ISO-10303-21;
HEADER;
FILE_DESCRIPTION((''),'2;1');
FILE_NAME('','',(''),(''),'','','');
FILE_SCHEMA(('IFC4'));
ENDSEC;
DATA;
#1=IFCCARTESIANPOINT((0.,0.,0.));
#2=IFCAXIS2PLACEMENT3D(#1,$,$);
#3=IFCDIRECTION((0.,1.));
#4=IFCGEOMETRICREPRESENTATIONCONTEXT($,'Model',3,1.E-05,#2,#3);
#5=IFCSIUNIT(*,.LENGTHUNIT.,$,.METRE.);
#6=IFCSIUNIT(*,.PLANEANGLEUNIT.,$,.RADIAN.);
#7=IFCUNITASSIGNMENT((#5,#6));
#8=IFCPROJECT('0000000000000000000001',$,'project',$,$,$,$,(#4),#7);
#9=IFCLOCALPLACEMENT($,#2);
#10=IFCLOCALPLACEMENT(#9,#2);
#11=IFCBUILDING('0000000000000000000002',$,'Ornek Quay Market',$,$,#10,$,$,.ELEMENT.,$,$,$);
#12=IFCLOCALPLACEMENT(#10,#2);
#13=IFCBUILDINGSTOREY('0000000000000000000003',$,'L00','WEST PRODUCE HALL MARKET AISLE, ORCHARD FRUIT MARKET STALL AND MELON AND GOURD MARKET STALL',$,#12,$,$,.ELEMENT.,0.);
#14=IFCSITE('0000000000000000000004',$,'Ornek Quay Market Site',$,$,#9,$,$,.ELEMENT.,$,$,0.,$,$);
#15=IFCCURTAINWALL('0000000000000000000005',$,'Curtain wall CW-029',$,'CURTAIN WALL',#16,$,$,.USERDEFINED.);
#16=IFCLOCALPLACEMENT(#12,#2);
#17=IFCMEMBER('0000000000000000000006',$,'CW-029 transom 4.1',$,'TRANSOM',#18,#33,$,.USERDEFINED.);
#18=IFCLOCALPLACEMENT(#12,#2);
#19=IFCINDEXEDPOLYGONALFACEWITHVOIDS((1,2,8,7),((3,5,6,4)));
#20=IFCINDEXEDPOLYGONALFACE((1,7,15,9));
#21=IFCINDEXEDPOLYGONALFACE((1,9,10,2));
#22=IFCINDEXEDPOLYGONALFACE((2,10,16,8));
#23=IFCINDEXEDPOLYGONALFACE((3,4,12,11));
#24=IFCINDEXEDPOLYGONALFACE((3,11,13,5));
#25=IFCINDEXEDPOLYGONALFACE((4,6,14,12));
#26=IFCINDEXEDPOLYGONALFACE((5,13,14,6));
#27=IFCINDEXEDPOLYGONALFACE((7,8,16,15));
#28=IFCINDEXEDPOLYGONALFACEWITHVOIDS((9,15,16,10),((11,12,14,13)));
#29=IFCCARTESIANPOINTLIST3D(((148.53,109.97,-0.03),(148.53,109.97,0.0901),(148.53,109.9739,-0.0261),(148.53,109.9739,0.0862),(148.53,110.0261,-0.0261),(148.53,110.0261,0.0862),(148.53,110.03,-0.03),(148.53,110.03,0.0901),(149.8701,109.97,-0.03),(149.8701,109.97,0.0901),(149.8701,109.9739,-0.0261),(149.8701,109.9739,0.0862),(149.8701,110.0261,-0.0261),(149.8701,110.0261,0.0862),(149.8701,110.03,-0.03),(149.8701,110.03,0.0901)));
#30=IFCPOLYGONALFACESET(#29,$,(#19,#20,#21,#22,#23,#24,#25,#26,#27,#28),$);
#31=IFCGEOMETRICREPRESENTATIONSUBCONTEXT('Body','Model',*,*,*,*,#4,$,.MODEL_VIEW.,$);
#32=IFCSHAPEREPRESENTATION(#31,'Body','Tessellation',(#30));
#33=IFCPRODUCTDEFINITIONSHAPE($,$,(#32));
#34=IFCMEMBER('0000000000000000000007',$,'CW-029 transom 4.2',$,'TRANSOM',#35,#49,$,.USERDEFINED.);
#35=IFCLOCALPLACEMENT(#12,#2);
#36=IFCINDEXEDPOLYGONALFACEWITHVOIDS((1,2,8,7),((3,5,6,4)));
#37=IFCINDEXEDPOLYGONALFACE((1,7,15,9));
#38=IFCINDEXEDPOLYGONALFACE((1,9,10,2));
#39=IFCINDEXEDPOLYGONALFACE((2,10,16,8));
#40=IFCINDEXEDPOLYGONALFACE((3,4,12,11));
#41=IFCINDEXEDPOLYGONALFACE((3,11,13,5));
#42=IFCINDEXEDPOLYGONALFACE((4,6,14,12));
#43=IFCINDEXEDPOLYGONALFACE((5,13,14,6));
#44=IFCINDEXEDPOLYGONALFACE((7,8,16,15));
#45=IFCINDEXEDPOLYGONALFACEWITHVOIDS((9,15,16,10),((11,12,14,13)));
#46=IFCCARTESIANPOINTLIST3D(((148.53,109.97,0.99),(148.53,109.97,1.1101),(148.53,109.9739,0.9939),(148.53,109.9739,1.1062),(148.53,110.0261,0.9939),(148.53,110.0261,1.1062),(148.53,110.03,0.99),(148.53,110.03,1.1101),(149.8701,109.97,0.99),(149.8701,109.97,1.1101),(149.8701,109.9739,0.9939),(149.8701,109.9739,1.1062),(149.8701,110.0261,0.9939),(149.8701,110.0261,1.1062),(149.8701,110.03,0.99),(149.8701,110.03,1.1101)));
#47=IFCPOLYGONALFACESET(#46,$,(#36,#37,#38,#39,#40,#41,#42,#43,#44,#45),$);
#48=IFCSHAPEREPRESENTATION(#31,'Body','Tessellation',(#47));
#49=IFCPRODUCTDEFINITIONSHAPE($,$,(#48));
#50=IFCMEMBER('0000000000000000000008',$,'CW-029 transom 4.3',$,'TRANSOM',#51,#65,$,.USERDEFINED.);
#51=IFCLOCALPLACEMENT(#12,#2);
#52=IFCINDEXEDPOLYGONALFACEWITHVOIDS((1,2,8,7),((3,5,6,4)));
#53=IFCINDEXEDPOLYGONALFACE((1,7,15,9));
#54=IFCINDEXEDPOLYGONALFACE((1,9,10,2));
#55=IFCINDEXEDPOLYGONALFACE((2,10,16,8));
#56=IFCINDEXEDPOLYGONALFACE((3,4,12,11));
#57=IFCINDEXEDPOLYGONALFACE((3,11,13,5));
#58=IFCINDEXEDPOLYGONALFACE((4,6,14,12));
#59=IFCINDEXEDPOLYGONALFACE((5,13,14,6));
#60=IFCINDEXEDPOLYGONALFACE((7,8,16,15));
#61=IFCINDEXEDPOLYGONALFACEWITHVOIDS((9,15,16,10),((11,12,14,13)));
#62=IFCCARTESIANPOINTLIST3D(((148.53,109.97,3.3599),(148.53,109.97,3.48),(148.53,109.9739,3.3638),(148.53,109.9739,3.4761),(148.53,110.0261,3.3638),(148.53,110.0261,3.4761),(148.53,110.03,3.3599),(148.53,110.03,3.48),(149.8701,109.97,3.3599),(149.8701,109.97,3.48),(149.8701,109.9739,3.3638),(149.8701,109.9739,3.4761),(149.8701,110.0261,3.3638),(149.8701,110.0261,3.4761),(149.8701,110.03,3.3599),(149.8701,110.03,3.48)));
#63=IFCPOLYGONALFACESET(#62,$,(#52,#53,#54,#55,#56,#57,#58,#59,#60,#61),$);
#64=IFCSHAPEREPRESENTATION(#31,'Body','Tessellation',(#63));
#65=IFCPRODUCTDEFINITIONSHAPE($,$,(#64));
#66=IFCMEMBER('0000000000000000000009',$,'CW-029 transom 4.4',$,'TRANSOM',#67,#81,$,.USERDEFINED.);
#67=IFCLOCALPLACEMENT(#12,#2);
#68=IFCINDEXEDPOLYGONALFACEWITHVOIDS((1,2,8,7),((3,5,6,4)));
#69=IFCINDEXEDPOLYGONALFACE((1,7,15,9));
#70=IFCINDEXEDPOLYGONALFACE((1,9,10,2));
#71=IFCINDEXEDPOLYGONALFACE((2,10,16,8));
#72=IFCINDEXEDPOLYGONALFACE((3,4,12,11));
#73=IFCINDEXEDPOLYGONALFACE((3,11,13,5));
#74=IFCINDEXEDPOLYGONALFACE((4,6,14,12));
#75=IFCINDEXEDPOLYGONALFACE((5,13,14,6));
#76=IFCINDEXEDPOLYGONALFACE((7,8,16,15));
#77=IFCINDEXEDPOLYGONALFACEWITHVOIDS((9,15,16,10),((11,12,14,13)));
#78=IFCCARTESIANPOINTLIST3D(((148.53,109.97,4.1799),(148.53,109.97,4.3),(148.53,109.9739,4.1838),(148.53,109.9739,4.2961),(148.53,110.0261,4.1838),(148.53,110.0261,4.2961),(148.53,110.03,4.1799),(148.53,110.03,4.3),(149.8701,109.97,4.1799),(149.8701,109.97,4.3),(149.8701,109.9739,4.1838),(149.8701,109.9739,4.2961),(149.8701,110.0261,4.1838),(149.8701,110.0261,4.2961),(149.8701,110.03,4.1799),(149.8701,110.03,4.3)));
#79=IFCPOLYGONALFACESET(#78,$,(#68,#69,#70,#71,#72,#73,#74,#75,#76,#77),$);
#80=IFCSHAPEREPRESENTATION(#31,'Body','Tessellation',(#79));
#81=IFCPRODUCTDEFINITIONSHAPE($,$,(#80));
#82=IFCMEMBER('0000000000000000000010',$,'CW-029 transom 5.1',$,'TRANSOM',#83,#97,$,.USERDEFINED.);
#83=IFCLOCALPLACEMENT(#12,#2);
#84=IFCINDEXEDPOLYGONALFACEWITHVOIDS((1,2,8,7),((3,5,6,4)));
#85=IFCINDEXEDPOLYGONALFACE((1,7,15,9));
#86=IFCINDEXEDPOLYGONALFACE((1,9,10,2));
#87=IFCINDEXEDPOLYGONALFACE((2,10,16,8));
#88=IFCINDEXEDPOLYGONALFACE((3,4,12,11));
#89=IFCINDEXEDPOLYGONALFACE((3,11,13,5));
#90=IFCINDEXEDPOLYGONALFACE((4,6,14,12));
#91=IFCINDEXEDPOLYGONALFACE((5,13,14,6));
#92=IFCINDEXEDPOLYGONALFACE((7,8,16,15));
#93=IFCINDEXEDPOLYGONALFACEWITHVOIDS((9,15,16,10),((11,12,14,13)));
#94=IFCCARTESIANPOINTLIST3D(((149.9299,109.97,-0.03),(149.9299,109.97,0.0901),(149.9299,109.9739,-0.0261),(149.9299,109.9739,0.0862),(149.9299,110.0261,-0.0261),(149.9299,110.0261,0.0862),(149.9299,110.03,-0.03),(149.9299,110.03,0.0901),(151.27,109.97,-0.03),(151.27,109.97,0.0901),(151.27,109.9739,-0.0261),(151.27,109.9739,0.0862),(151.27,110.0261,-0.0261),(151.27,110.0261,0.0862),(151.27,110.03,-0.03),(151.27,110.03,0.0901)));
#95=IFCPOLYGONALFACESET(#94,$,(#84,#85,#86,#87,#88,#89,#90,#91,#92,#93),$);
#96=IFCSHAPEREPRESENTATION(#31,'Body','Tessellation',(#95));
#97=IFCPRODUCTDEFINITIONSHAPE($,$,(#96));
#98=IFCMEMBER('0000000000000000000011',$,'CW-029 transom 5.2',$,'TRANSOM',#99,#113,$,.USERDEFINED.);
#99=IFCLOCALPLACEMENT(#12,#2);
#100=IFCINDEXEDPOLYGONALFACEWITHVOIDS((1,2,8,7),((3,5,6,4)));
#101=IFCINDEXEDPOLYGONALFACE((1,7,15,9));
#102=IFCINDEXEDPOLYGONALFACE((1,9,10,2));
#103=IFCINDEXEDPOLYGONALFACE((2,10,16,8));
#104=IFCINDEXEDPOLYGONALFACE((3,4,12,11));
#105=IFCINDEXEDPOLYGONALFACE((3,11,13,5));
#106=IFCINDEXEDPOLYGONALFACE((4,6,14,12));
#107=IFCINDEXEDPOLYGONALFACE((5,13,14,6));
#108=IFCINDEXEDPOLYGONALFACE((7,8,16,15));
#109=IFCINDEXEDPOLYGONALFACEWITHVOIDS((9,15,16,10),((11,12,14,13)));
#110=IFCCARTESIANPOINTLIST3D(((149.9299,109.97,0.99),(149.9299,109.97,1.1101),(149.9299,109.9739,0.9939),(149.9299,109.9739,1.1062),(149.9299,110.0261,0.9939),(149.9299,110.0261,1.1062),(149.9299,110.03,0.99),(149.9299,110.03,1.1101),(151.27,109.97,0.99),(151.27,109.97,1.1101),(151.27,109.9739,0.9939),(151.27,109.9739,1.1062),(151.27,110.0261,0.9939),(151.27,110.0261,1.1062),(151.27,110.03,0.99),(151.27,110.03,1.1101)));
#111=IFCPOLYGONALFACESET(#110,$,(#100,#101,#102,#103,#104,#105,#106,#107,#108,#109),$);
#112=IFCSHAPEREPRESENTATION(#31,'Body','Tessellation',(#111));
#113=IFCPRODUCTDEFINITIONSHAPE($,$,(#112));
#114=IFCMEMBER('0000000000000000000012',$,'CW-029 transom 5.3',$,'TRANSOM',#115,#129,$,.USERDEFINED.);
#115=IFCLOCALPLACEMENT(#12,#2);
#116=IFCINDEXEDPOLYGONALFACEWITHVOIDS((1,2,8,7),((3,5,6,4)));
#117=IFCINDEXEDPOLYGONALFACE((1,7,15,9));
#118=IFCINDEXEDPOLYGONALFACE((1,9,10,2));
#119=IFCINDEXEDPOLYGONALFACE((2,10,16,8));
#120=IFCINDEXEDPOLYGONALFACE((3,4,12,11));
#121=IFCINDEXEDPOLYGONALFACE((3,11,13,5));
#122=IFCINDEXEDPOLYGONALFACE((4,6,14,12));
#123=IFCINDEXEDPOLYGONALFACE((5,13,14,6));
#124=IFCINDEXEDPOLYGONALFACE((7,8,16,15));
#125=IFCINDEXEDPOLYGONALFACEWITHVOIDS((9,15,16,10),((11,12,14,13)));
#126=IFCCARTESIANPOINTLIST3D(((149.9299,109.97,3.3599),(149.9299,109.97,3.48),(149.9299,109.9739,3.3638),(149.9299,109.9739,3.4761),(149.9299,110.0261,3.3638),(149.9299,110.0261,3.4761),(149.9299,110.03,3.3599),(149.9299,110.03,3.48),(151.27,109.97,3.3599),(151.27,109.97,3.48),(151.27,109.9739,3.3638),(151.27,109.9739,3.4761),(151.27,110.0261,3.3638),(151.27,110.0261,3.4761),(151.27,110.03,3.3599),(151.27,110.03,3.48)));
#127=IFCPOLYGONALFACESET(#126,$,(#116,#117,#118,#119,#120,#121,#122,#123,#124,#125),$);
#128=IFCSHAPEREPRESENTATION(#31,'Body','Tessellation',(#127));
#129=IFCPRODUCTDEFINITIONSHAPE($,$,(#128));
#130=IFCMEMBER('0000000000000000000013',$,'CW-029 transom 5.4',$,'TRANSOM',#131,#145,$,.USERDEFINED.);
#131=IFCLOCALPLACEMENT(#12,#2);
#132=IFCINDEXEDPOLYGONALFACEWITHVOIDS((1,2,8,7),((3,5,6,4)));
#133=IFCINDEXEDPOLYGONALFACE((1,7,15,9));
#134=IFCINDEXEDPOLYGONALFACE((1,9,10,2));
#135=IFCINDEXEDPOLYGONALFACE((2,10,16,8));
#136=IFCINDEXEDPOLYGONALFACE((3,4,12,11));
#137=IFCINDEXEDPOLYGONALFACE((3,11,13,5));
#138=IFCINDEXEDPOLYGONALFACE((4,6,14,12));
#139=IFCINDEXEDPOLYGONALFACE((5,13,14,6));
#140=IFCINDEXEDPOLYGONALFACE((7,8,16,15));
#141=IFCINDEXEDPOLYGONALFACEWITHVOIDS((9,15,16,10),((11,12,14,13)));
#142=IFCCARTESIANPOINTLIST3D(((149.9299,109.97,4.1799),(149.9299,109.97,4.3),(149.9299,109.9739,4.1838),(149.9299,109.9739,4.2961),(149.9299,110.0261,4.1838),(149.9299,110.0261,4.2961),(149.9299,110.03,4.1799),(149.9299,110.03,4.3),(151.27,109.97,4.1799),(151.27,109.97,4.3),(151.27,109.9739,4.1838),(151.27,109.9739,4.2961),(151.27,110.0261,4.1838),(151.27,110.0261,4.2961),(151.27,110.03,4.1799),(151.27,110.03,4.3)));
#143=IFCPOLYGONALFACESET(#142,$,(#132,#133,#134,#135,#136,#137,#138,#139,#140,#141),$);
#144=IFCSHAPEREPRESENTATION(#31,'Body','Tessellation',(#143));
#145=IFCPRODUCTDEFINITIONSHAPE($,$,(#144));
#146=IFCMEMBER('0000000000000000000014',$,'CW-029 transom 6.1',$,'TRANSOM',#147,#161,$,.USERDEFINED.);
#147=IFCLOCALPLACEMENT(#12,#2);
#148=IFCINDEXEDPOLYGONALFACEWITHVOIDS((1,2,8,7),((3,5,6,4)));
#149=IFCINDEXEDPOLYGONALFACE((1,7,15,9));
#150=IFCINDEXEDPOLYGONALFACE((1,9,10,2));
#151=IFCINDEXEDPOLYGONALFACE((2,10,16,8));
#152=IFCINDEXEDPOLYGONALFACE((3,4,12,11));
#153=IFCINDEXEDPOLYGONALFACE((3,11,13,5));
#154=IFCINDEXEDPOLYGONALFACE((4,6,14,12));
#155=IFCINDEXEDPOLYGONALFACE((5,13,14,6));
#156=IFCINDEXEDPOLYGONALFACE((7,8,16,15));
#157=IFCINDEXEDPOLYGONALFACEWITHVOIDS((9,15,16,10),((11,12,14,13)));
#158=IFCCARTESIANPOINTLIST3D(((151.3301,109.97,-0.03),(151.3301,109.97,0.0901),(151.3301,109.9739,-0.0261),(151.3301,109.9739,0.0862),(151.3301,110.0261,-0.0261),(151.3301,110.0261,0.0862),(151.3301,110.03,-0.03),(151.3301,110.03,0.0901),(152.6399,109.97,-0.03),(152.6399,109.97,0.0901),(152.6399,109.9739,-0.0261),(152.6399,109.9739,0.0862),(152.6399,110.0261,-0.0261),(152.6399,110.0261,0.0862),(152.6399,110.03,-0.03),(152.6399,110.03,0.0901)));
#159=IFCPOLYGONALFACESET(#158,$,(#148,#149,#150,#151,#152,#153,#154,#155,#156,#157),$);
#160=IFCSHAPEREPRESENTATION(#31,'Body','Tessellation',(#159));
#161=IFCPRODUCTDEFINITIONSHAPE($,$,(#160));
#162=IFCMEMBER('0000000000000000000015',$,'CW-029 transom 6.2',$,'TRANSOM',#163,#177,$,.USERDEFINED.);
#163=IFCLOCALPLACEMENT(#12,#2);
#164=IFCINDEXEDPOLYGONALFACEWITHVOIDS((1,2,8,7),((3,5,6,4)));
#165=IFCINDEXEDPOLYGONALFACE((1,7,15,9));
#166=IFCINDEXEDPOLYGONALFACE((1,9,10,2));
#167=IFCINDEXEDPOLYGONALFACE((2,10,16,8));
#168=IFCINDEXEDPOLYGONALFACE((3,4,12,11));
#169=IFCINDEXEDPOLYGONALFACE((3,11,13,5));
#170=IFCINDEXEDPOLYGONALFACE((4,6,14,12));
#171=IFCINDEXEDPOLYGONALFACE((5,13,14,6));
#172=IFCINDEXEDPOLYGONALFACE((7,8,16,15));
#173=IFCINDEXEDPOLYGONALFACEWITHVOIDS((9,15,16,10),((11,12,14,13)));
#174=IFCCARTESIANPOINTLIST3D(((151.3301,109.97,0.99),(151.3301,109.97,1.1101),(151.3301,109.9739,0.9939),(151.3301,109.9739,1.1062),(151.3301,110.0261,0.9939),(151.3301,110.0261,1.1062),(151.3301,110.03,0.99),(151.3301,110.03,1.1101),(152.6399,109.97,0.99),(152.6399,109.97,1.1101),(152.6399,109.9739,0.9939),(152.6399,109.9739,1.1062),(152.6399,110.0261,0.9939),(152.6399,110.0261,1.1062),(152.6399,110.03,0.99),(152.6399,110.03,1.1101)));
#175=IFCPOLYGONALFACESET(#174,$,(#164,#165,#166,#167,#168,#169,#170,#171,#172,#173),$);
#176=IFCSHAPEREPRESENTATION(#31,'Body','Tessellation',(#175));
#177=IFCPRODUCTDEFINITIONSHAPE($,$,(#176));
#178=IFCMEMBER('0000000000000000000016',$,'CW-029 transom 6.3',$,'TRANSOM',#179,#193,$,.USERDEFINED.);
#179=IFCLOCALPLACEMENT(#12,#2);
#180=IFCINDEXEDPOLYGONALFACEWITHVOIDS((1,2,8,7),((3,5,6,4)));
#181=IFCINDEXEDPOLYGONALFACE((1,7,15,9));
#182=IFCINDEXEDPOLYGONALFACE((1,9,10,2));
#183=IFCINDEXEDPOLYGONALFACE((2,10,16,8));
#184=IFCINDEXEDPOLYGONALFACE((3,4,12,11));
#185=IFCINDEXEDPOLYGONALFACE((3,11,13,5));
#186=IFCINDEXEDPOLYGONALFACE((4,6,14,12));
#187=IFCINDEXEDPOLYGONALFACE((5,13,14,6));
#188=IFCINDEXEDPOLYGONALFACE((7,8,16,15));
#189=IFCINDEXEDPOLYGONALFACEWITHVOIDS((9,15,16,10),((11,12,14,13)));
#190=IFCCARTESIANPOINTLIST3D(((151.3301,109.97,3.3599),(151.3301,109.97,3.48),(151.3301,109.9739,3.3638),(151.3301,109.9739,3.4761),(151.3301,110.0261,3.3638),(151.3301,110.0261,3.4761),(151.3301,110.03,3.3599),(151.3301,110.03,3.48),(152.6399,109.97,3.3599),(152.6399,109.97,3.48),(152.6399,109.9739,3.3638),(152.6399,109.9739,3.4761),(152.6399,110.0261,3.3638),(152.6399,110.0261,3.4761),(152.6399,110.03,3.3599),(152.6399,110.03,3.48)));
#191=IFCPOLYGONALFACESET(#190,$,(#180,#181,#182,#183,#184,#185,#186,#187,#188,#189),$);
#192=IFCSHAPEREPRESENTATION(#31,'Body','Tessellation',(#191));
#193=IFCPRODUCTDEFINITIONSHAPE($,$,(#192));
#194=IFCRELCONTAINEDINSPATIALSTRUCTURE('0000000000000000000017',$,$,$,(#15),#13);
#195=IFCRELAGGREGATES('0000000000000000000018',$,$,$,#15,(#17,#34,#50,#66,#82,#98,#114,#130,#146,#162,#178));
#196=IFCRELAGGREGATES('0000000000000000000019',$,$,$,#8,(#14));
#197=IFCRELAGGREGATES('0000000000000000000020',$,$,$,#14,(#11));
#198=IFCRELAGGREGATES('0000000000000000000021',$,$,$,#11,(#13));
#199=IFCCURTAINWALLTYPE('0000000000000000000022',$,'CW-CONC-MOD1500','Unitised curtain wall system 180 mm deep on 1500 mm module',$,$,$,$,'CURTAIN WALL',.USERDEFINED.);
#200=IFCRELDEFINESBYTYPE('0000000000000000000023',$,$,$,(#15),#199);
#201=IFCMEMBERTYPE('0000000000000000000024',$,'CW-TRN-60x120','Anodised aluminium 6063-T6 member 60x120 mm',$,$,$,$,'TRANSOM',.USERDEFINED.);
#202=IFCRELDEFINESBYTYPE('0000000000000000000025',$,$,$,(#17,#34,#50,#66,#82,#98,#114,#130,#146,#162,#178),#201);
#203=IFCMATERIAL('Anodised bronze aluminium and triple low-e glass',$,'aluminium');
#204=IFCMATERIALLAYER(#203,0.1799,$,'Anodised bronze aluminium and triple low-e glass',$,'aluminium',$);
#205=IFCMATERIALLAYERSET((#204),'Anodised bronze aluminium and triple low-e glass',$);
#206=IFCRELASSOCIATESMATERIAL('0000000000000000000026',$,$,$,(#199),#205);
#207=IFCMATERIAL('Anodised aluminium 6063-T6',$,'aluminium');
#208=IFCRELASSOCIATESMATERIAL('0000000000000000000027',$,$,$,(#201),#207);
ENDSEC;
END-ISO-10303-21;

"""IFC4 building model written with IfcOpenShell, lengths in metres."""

from ifc_helpers import new_model, si_unit, direction, frame, origin, origin_2d, place, context, subcontext, project, spatial, hollow_rectangle, extrude, material, layer, layer_set, material_profile, profile_set, type_object, element, aggregate, save


model = new_model("IFC4")

# Units and contexts
model_context = context("Model", 3, precision=1e-05, world=origin(), true_north=direction((0.0, 1.0)))
body_context = subcontext(model_context, "Body", "Model", "MODEL_VIEW")
ifc_project = project(units=[si_unit("LENGTHUNIT", "METRE"), si_unit("PLANEANGLEUNIT", "RADIAN")], contexts=[model_context])

# Site, building, storey
site_placement = place(None, origin())
site = spatial("IfcSite", under=ifc_project, at=site_placement, Name="Ornek Quay Market Site", CompositionType="ELEMENT", RefElevation=0.0)
building_placement = place(site_placement, origin())
building = spatial("IfcBuilding", under=site, at=building_placement, Name="Ornek Quay Market", CompositionType="ELEMENT")
storey_placement = place(building_placement, origin())
storey = spatial("IfcBuildingStorey", under=building, at=storey_placement, Name="L00", Description="WEST PRODUCE HALL MARKET AISLE, ORCHARD FRUIT MARKET STALL AND MELON AND GOURD MARKET STALL", CompositionType="ELEMENT", Elevation=0.0)

# Curtain wall, members
ifc_material_1 = material(Name="Anodised bronze aluminium and triple low-e glass", Category="aluminium")
ifc_layer_1 = layer(ifc_material_1, 0.1799, Name="Anodised bronze aluminium and triple low-e glass", Category="aluminium")
ifc_layer_set_1 = layer_set([ifc_layer_1], Name="Anodised bronze aluminium and triple low-e glass")
curtain_wall_type = type_object("IfcCurtainWallType", Name="CW-CONC-MOD1500", Description="Unitised curtain wall system 180 mm deep on 1500 mm module", ElementType="CURTAIN WALL", PredefinedType="USERDEFINED", material=ifc_layer_set_1)
curtain_wall_placement = place(storey_placement, origin())
curtain_wall = element("IfcCurtainWall", 1, at=curtain_wall_placement, inside=storey, type_object=curtain_wall_type, Name="Curtain wall CW-029", ObjectType="CURTAIN WALL", PredefinedType="USERDEFINED")
ifc_material_2 = material(Name="Anodised aluminium 6063-T6", Category="aluminium")
ifc_material_profile_1 = material_profile(ifc_material_2, hollow_rectangle(XDim=0.0601, YDim=0.1201, WallThickness=0.0039, at=origin_2d()), Name="CW-TRN-60x120", Category="aluminium")
ifc_profile_set_1 = profile_set([ifc_material_profile_1], Name="Anodised aluminium 6063-T6")
member_type_1 = type_object("IfcMemberType", Name="CW-TRN-60x120", Description="Anodised aluminium 6063-T6 member 60x120 mm", ElementType="TRANSOM", PredefinedType="USERDEFINED", material=ifc_profile_set_1)
member_1_placement = place(storey_placement, frame((148.53, 110.0, 0.03), z_axis=(1.0, 0.0, 0.0), x_axis=(0.0, 1.0, 0.0)))
member_1 = element("IfcMember", 2, at=member_1_placement, type_object=member_type_1, Name="CW-029 transom 4.1", ObjectType="TRANSOM", PredefinedType="USERDEFINED", context=body_context, shape_type="SweptSolid", body=[
    extrude(hollow_rectangle(XDim=0.0601, YDim=0.1201, WallThickness=0.0039, at=origin_2d()), origin(), (0.0, 0.0, 1.0), 1.3401),
])
member_2_placement = place(storey_placement, frame((148.53, 110.0, 1.05), z_axis=(1.0, 0.0, 0.0), x_axis=(0.0, 1.0, 0.0)))
member_2 = element("IfcMember", 3, at=member_2_placement, type_object=member_type_1, Name="CW-029 transom 4.2", ObjectType="TRANSOM", PredefinedType="USERDEFINED", context=body_context, shape_type="SweptSolid", body=[
    extrude(hollow_rectangle(XDim=0.0601, YDim=0.1201, WallThickness=0.0039, at=origin_2d()), origin(), (0.0, 0.0, 1.0), 1.3401),
])
member_3_placement = place(storey_placement, frame((148.53, 110.0, 3.4199), z_axis=(1.0, 0.0, 0.0), x_axis=(0.0, 1.0, 0.0)))
member_3 = element("IfcMember", 4, at=member_3_placement, type_object=member_type_1, Name="CW-029 transom 4.3", ObjectType="TRANSOM", PredefinedType="USERDEFINED", context=body_context, shape_type="SweptSolid", body=[
    extrude(hollow_rectangle(XDim=0.0601, YDim=0.1201, WallThickness=0.0039, at=origin_2d()), origin(), (0.0, 0.0, 1.0), 1.3401),
])
member_4_placement = place(storey_placement, frame((148.53, 110.0, 4.24), z_axis=(1.0, 0.0, 0.0), x_axis=(0.0, 1.0, 0.0)))
member_4 = element("IfcMember", 5, at=member_4_placement, type_object=member_type_1, Name="CW-029 transom 4.4", ObjectType="TRANSOM", PredefinedType="USERDEFINED", context=body_context, shape_type="SweptSolid", body=[
    extrude(hollow_rectangle(XDim=0.0601, YDim=0.1201, WallThickness=0.0039, at=origin_2d()), origin(), (0.0, 0.0, 1.0), 1.3401),
])
member_5_placement = place(storey_placement, frame((149.9299, 110.0, 0.03), z_axis=(1.0, 0.0, 0.0), x_axis=(0.0, 1.0, 0.0)))
member_5 = element("IfcMember", 6, at=member_5_placement, type_object=member_type_1, Name="CW-029 transom 5.1", ObjectType="TRANSOM", PredefinedType="USERDEFINED", context=body_context, shape_type="SweptSolid", body=[
    extrude(hollow_rectangle(XDim=0.0601, YDim=0.1201, WallThickness=0.0039, at=origin_2d()), origin(), (0.0, 0.0, 1.0), 1.3401),
])
member_6_placement = place(storey_placement, frame((149.9299, 110.0, 1.05), z_axis=(1.0, 0.0, 0.0), x_axis=(0.0, 1.0, 0.0)))
member_6 = element("IfcMember", 7, at=member_6_placement, type_object=member_type_1, Name="CW-029 transom 5.2", ObjectType="TRANSOM", PredefinedType="USERDEFINED", context=body_context, shape_type="SweptSolid", body=[
    extrude(hollow_rectangle(XDim=0.0601, YDim=0.1201, WallThickness=0.0039, at=origin_2d()), origin(), (0.0, 0.0, 1.0), 1.3401),
])
member_7_placement = place(storey_placement, frame((149.9299, 110.0, 3.4199), z_axis=(1.0, 0.0, 0.0), x_axis=(0.0, 1.0, 0.0)))
member_7 = element("IfcMember", 8, at=member_7_placement, type_object=member_type_1, Name="CW-029 transom 5.3", ObjectType="TRANSOM", PredefinedType="USERDEFINED", context=body_context, shape_type="SweptSolid", body=[
    extrude(hollow_rectangle(XDim=0.0601, YDim=0.1201, WallThickness=0.0039, at=origin_2d()), origin(), (0.0, 0.0, 1.0), 1.3401),
])
member_8_placement = place(storey_placement, frame((149.9299, 110.0, 4.24), z_axis=(1.0, 0.0, 0.0), x_axis=(0.0, 1.0, 0.0)))
member_8 = element("IfcMember", 9, at=member_8_placement, type_object=member_type_1, Name="CW-029 transom 5.4", ObjectType="TRANSOM", PredefinedType="USERDEFINED", context=body_context, shape_type="SweptSolid", body=[
    extrude(hollow_rectangle(XDim=0.0601, YDim=0.1201, WallThickness=0.0039, at=origin_2d()), origin(), (0.0, 0.0, 1.0), 1.3401),
])
member_9_placement = place(storey_placement, frame((151.3301, 110.0, 0.03), z_axis=(1.0, 0.0, 0.0), x_axis=(0.0, 1.0, 0.0)))
member_9 = element("IfcMember", 10, at=member_9_placement, type_object=member_type_1, Name="CW-029 transom 6.1", ObjectType="TRANSOM", PredefinedType="USERDEFINED", context=body_context, shape_type="SweptSolid", body=[
    extrude(hollow_rectangle(XDim=0.0601, YDim=0.1201, WallThickness=0.0039, at=origin_2d()), origin(), (0.0, 0.0, 1.0), 1.3098),
])
member_10_placement = place(storey_placement, frame((151.3301, 110.0, 1.05), z_axis=(1.0, 0.0, 0.0), x_axis=(0.0, 1.0, 0.0)))
member_10 = element("IfcMember", 11, at=member_10_placement, type_object=member_type_1, Name="CW-029 transom 6.2", ObjectType="TRANSOM", PredefinedType="USERDEFINED", context=body_context, shape_type="SweptSolid", body=[
    extrude(hollow_rectangle(XDim=0.0601, YDim=0.1201, WallThickness=0.0039, at=origin_2d()), origin(), (0.0, 0.0, 1.0), 1.3098),
])
member_11_placement = place(storey_placement, frame((151.3301, 110.0, 3.4199), z_axis=(1.0, 0.0, 0.0), x_axis=(0.0, 1.0, 0.0)))
member_11 = element("IfcMember", 12, at=member_11_placement, type_object=member_type_1, Name="CW-029 transom 6.3", ObjectType="TRANSOM", PredefinedType="USERDEFINED", context=body_context, shape_type="SweptSolid", body=[
    extrude(hollow_rectangle(XDim=0.0601, YDim=0.1201, WallThickness=0.0039, at=origin_2d()), origin(), (0.0, 0.0, 1.0), 1.3098),
])
aggregate(curtain_wall, [member_1, member_2, member_3, member_4, member_5, member_6, member_7, member_8, member_9, member_10, member_11])

save(model, "model.ifc")
